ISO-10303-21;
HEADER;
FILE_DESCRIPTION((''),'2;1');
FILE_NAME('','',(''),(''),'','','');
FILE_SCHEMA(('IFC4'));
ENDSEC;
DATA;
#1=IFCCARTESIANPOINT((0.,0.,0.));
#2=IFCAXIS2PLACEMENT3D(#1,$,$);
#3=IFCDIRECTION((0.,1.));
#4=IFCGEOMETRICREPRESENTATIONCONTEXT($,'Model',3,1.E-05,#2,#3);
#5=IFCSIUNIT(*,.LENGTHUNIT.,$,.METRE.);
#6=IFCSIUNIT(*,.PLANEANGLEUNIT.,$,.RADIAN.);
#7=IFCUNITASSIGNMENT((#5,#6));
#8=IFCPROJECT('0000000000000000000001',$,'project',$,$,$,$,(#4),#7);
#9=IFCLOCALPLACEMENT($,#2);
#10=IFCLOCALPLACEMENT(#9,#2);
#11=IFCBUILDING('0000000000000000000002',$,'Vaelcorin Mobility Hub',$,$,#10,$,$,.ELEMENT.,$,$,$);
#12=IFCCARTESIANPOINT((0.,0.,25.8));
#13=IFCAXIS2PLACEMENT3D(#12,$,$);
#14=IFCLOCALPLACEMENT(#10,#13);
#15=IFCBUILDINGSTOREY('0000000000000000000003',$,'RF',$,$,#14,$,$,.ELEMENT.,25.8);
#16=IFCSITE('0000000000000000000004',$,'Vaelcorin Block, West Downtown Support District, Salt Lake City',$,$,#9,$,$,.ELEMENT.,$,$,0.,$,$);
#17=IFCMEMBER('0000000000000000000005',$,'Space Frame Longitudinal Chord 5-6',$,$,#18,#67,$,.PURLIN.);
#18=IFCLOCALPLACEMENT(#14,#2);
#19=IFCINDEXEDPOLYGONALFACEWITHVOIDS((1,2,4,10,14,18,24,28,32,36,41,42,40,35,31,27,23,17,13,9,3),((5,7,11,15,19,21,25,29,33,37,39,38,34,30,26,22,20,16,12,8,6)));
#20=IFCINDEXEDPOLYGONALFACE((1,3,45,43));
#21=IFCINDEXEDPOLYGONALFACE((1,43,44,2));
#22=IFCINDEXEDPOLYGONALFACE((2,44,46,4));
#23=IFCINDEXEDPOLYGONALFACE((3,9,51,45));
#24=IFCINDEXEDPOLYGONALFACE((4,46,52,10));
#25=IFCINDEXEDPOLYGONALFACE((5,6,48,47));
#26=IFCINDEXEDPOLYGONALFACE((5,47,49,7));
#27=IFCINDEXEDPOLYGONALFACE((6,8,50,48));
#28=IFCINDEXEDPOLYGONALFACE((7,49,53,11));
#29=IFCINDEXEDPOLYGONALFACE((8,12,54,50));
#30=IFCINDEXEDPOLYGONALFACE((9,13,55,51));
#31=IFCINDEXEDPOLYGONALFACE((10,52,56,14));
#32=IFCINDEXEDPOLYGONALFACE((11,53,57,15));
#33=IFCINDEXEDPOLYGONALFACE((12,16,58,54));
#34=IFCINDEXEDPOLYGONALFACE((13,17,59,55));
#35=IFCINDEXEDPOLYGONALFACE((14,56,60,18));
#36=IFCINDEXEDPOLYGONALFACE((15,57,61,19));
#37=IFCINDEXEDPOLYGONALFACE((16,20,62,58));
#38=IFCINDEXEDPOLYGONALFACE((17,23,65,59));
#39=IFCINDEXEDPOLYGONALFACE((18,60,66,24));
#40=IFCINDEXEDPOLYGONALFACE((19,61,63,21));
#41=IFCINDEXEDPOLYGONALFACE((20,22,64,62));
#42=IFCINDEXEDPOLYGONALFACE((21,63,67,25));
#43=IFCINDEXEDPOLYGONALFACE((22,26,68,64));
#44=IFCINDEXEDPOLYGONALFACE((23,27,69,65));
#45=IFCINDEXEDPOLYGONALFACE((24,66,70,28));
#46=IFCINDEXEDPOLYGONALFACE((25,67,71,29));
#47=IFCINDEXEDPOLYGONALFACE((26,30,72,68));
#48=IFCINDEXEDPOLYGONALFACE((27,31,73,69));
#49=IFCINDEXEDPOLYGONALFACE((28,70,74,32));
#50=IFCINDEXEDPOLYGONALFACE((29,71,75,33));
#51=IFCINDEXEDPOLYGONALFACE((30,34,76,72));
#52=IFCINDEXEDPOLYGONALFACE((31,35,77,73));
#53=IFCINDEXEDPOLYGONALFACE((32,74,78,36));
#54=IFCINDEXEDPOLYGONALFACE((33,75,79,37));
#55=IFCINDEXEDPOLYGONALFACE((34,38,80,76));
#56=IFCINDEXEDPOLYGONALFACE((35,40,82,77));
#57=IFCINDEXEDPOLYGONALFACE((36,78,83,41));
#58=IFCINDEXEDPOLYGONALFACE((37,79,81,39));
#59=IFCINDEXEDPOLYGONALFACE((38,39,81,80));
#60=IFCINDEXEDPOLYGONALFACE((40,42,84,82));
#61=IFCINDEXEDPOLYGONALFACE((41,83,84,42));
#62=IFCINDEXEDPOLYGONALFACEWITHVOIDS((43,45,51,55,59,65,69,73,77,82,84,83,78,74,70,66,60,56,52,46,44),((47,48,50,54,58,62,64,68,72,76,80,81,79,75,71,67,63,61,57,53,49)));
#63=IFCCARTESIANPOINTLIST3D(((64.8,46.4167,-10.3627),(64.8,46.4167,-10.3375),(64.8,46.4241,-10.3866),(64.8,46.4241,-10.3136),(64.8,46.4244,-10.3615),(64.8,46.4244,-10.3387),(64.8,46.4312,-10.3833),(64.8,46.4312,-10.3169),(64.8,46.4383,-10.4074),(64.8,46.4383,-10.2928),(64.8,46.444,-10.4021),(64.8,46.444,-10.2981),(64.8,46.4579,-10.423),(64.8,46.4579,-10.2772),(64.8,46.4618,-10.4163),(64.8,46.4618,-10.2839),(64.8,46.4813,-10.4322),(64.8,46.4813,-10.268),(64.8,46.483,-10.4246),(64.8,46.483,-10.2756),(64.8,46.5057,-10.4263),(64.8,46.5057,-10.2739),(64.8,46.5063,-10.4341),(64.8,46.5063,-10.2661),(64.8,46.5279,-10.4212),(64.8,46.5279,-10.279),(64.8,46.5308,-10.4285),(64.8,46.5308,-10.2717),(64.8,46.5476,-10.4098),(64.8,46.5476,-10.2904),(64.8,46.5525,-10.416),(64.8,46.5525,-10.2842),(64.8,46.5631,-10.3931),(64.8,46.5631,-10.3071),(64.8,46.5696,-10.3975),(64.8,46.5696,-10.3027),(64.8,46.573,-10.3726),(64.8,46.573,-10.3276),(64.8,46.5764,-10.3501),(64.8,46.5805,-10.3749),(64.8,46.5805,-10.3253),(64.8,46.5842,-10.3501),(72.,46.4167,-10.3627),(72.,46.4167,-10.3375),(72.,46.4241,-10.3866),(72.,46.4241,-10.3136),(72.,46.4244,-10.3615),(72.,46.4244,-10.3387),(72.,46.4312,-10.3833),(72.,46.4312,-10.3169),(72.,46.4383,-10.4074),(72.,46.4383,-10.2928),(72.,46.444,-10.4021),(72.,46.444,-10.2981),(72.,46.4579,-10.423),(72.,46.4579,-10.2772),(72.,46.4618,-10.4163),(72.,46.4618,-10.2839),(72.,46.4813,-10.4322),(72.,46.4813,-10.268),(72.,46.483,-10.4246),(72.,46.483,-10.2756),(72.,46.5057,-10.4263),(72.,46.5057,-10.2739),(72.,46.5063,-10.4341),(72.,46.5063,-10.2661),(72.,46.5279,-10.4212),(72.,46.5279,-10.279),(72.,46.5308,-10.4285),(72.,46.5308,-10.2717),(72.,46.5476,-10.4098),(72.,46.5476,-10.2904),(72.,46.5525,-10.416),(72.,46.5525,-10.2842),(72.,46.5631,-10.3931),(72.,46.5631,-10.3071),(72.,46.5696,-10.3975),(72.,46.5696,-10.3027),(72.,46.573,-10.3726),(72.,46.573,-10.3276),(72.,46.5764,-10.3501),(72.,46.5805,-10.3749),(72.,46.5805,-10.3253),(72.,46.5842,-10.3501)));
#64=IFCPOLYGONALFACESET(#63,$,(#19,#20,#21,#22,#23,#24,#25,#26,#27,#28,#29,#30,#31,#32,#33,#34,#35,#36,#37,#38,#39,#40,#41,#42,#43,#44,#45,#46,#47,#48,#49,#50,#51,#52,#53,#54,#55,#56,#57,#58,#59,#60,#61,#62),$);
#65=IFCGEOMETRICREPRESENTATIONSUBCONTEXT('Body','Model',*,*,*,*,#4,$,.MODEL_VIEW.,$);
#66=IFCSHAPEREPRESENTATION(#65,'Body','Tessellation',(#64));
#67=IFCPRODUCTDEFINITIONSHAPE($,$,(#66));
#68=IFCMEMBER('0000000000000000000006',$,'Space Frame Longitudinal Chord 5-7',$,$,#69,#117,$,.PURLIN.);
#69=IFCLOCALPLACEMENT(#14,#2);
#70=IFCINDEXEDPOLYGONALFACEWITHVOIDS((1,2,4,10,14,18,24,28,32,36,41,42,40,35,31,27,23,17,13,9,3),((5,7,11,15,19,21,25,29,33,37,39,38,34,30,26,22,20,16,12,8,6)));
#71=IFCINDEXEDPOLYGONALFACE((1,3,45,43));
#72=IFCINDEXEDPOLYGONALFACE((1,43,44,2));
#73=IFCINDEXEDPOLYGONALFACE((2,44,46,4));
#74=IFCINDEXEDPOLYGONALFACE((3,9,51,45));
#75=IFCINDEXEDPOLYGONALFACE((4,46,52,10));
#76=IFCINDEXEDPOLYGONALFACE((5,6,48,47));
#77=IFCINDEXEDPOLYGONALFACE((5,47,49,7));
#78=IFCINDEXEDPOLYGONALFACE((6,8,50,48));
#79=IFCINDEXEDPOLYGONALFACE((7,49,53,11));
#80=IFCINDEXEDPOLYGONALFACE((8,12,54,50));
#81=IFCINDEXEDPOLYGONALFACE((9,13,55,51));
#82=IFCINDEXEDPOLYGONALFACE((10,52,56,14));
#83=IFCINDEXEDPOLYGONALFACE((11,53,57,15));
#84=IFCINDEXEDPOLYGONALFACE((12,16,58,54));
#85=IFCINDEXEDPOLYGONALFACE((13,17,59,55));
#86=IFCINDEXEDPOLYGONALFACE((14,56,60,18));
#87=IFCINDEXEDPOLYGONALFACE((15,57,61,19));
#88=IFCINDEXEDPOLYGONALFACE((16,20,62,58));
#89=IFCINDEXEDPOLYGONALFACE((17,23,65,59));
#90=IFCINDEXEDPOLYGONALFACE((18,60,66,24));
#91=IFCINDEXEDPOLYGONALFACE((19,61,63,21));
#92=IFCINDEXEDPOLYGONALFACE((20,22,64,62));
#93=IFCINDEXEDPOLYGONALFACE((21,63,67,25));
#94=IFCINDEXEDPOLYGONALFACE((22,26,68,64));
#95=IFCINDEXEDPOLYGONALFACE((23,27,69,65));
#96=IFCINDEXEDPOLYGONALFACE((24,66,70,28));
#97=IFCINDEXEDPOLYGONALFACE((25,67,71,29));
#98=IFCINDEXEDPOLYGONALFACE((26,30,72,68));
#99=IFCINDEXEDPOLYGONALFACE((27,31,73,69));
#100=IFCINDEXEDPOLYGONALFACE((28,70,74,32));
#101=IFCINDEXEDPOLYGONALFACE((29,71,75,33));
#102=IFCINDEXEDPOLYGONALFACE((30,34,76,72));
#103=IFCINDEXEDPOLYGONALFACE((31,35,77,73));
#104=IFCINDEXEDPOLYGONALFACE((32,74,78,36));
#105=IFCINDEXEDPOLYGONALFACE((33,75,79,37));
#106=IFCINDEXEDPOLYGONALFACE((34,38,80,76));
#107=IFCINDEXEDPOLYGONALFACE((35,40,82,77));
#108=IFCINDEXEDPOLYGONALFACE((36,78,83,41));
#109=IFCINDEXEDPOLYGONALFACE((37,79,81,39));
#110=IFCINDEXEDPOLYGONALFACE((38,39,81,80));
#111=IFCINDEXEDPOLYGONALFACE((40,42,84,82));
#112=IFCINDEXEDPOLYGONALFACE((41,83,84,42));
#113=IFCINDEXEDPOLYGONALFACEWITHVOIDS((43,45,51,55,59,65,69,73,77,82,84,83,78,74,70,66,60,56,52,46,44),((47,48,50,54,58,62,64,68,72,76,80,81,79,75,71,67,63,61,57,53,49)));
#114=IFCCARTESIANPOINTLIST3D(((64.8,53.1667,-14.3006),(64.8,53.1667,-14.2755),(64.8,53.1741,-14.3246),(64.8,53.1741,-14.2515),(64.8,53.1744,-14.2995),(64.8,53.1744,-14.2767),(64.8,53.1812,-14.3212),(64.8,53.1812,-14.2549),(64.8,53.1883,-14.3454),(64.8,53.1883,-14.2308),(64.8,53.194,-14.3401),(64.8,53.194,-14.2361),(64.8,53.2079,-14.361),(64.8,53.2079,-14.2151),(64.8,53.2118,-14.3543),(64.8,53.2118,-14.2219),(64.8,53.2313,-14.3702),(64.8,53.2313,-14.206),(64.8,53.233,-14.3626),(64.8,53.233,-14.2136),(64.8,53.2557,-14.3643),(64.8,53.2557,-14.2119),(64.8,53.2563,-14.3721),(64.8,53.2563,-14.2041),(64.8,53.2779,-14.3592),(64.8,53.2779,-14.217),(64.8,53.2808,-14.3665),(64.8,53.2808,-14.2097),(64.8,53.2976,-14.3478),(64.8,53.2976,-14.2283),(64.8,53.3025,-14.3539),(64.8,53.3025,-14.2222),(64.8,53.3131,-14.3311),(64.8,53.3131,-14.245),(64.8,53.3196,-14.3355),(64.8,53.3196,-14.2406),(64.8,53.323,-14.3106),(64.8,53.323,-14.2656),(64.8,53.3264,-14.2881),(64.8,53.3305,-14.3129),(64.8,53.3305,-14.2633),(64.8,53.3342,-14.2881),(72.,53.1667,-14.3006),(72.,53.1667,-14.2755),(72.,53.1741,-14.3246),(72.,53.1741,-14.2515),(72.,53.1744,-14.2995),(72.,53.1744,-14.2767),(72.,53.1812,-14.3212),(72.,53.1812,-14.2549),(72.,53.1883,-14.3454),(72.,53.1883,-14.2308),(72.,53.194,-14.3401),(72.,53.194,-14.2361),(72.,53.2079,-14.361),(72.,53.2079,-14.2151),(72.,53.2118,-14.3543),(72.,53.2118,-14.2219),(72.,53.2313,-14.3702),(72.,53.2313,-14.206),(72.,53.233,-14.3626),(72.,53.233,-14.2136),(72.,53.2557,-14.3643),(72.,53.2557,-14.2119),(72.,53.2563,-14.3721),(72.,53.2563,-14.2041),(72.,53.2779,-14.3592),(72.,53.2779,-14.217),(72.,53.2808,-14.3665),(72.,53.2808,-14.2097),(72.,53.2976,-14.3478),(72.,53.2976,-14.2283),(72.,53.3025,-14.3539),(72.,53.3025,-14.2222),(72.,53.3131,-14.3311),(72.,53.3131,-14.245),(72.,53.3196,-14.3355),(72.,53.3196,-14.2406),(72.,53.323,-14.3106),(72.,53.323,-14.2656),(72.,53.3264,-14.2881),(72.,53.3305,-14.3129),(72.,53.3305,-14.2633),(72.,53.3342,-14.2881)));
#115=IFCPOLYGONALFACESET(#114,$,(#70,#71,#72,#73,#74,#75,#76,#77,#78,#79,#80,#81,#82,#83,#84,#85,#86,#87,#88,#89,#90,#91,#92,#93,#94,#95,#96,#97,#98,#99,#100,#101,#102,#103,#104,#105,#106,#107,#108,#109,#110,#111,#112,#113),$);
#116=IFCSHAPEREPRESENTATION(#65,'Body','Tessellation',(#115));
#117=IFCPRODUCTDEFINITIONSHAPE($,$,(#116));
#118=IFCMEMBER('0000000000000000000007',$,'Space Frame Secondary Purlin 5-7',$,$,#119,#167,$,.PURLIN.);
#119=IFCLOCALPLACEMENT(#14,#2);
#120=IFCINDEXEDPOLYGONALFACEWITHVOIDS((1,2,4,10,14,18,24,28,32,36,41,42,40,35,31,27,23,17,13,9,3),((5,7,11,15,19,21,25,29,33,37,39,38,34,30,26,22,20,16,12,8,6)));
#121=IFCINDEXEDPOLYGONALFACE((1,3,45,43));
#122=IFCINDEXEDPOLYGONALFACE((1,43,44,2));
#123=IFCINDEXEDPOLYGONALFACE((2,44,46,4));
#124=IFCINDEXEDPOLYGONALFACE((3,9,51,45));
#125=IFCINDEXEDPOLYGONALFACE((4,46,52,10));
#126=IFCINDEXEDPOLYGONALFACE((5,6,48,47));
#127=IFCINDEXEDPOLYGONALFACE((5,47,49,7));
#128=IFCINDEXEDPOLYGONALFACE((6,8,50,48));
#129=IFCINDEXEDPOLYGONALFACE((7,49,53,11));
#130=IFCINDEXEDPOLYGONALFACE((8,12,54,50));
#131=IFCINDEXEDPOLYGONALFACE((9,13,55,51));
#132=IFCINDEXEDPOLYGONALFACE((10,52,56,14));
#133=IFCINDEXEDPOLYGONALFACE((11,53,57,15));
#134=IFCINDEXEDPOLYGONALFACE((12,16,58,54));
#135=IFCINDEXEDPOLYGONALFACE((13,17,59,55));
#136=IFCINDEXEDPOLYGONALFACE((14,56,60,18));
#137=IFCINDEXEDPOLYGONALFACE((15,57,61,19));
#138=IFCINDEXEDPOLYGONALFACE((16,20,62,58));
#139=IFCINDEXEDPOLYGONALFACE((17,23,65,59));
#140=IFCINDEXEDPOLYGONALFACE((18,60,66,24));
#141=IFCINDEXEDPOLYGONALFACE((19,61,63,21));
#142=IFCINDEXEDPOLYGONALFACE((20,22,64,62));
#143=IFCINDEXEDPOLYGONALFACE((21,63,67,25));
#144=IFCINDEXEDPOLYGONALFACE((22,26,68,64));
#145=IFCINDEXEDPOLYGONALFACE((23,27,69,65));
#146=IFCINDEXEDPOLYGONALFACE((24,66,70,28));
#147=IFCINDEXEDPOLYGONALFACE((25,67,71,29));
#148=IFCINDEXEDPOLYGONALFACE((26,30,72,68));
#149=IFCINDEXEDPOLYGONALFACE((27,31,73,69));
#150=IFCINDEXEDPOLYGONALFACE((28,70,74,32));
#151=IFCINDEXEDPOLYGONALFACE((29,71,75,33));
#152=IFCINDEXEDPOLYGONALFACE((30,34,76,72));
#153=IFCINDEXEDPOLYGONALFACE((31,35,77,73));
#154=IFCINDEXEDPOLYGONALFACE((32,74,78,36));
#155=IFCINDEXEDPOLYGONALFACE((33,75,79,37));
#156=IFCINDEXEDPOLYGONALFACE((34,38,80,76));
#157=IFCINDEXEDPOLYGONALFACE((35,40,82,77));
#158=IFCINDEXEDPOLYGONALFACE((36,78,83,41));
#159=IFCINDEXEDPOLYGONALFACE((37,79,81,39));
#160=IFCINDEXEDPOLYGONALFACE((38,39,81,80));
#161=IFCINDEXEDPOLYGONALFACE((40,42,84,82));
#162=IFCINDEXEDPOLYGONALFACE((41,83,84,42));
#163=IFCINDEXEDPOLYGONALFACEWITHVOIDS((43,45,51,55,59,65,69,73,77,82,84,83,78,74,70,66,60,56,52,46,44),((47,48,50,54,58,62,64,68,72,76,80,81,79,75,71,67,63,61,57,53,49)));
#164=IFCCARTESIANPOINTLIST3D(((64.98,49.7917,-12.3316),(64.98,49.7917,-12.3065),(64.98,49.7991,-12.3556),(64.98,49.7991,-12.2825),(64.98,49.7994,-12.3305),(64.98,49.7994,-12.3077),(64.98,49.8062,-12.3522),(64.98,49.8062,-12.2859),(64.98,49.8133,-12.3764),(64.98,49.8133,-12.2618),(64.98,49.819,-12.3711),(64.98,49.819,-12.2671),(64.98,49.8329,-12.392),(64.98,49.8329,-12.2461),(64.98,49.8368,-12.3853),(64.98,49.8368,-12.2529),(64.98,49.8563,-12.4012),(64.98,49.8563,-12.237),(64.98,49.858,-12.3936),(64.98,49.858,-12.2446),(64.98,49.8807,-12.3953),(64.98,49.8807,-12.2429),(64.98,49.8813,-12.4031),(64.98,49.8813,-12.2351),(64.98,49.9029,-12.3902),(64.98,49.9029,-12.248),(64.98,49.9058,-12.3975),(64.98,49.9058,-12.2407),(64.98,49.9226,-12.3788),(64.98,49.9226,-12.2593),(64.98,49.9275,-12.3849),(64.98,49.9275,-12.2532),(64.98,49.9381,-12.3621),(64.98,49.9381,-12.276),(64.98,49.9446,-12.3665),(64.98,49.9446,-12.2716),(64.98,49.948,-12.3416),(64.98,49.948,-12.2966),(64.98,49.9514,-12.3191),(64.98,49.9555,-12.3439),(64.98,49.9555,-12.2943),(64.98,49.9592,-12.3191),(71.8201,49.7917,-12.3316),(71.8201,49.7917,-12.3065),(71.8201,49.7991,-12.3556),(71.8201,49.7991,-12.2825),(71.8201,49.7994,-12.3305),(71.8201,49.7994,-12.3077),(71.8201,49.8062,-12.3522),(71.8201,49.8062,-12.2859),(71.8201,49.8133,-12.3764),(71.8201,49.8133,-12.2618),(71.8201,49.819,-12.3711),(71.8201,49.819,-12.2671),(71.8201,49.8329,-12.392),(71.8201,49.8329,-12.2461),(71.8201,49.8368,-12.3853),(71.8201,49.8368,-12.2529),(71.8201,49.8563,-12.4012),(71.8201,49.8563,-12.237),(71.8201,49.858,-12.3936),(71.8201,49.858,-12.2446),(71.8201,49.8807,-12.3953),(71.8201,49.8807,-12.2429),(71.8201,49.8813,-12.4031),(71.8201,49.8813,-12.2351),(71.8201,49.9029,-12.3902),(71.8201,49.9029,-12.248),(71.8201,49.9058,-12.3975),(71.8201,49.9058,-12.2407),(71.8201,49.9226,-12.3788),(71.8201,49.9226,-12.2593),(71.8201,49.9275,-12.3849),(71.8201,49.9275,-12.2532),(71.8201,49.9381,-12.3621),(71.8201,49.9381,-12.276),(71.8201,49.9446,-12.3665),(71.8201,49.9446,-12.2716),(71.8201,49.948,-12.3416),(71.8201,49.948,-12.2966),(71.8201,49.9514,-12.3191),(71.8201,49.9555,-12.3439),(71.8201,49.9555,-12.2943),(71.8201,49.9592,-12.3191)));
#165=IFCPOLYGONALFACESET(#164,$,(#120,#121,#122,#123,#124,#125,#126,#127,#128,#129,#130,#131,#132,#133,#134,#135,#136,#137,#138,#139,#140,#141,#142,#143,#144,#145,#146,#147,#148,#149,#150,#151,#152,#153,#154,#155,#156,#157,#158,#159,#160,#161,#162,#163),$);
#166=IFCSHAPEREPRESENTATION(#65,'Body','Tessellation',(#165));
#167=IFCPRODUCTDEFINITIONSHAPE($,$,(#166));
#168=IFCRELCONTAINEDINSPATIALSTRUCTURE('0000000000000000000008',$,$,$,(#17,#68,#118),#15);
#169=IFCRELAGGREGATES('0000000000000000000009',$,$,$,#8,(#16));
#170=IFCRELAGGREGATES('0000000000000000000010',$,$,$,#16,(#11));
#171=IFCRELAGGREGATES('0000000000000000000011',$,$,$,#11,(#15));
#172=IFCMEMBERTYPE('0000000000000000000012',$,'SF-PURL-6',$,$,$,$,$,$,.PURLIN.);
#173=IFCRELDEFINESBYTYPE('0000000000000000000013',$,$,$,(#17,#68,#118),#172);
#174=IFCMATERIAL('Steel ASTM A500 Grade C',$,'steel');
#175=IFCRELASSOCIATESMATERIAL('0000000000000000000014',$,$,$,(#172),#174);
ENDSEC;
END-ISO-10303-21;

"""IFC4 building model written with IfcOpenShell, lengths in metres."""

from ifc_helpers import new_model, si_unit, direction, frame, origin, origin_2d, place, context, subcontext, project, spatial, hollow_circle, extrude, material, material_profile, profile_set, type_object, element, save


model = new_model("IFC4")

# Units and contexts
model_context = context("Model", 3, precision=1e-05, world=origin(), true_north=direction((0.0, 1.0)))
body_context = subcontext(model_context, "Body", "Model", "MODEL_VIEW")
ifc_project = project(units=[si_unit("LENGTHUNIT", "METRE"), si_unit("PLANEANGLEUNIT", "RADIAN")], contexts=[model_context])

# Site, building, storey
site_placement = place(None, origin())
site = spatial("IfcSite", under=ifc_project, at=site_placement, Name="Vaelcorin Block, West Downtown Support District, Salt Lake City", CompositionType="ELEMENT", RefElevation=0.0)
building_placement = place(site_placement, origin())
building = spatial("IfcBuilding", under=site, at=building_placement, Name="Vaelcorin Mobility Hub", CompositionType="ELEMENT")
storey_placement = place(building_placement, frame((0.0, 0.0, 25.8)))
storey = spatial("IfcBuildingStorey", under=building, at=storey_placement, Name="RF", CompositionType="ELEMENT", Elevation=25.8)

# Members
ifc_material_1 = material(Name="Steel ASTM A500 Grade C", Category="steel")
ifc_material_profile_1 = material_profile(ifc_material_1, hollow_circle(Radius=0.0842, WallThickness=0.0078, at=origin_2d()), Name="HSS6.625X0.312")
ifc_profile_set_1 = profile_set([ifc_material_profile_1], Name="Steel ASTM A500 Grade C")
member_type_1 = type_object("IfcMemberType", Name="SF-PURL-6", PredefinedType="PURLIN", material=ifc_profile_set_1)
for number, where, z_axis, x_axis, name in (
    (1, (64.8, 46.5, -10.3501), (1.0, 0.0, 0.0), (0.0, 1.0, 0.0), "Space Frame Longitudinal Chord 5-6"),
    (2, (64.8, 53.25, -14.2881), (1.0, 0.0, 0.0), (0.0, 1.0, 0.0), "Space Frame Longitudinal Chord 5-7"),
):
    element("IfcMember", number, at=place(storey_placement, frame(where, z_axis=z_axis, x_axis=x_axis)), inside=storey, type_object=member_type_1, Name=name, PredefinedType="PURLIN", context=body_context, shape_type="SweptSolid", body=[
        extrude(hollow_circle(Radius=0.0842, WallThickness=0.0078, at=origin_2d()), origin(), (0.0, 0.0, 1.0), 7.2),
    ])
member_1_placement = place(storey_placement, frame((64.98, 49.875, -12.3191), z_axis=(1.0, 0.0, 0.0), x_axis=(0.0, 1.0, 0.0)))
element("IfcMember", 3, at=member_1_placement, inside=storey, type_object=member_type_1, Name="Space Frame Secondary Purlin 5-7", PredefinedType="PURLIN", context=body_context, shape_type="SweptSolid", body=[
    extrude(hollow_circle(Radius=0.0842, WallThickness=0.0078, at=origin_2d()), origin(), (0.0, 0.0, 1.0), 6.8401),
])

save(model, "model.ifc")
